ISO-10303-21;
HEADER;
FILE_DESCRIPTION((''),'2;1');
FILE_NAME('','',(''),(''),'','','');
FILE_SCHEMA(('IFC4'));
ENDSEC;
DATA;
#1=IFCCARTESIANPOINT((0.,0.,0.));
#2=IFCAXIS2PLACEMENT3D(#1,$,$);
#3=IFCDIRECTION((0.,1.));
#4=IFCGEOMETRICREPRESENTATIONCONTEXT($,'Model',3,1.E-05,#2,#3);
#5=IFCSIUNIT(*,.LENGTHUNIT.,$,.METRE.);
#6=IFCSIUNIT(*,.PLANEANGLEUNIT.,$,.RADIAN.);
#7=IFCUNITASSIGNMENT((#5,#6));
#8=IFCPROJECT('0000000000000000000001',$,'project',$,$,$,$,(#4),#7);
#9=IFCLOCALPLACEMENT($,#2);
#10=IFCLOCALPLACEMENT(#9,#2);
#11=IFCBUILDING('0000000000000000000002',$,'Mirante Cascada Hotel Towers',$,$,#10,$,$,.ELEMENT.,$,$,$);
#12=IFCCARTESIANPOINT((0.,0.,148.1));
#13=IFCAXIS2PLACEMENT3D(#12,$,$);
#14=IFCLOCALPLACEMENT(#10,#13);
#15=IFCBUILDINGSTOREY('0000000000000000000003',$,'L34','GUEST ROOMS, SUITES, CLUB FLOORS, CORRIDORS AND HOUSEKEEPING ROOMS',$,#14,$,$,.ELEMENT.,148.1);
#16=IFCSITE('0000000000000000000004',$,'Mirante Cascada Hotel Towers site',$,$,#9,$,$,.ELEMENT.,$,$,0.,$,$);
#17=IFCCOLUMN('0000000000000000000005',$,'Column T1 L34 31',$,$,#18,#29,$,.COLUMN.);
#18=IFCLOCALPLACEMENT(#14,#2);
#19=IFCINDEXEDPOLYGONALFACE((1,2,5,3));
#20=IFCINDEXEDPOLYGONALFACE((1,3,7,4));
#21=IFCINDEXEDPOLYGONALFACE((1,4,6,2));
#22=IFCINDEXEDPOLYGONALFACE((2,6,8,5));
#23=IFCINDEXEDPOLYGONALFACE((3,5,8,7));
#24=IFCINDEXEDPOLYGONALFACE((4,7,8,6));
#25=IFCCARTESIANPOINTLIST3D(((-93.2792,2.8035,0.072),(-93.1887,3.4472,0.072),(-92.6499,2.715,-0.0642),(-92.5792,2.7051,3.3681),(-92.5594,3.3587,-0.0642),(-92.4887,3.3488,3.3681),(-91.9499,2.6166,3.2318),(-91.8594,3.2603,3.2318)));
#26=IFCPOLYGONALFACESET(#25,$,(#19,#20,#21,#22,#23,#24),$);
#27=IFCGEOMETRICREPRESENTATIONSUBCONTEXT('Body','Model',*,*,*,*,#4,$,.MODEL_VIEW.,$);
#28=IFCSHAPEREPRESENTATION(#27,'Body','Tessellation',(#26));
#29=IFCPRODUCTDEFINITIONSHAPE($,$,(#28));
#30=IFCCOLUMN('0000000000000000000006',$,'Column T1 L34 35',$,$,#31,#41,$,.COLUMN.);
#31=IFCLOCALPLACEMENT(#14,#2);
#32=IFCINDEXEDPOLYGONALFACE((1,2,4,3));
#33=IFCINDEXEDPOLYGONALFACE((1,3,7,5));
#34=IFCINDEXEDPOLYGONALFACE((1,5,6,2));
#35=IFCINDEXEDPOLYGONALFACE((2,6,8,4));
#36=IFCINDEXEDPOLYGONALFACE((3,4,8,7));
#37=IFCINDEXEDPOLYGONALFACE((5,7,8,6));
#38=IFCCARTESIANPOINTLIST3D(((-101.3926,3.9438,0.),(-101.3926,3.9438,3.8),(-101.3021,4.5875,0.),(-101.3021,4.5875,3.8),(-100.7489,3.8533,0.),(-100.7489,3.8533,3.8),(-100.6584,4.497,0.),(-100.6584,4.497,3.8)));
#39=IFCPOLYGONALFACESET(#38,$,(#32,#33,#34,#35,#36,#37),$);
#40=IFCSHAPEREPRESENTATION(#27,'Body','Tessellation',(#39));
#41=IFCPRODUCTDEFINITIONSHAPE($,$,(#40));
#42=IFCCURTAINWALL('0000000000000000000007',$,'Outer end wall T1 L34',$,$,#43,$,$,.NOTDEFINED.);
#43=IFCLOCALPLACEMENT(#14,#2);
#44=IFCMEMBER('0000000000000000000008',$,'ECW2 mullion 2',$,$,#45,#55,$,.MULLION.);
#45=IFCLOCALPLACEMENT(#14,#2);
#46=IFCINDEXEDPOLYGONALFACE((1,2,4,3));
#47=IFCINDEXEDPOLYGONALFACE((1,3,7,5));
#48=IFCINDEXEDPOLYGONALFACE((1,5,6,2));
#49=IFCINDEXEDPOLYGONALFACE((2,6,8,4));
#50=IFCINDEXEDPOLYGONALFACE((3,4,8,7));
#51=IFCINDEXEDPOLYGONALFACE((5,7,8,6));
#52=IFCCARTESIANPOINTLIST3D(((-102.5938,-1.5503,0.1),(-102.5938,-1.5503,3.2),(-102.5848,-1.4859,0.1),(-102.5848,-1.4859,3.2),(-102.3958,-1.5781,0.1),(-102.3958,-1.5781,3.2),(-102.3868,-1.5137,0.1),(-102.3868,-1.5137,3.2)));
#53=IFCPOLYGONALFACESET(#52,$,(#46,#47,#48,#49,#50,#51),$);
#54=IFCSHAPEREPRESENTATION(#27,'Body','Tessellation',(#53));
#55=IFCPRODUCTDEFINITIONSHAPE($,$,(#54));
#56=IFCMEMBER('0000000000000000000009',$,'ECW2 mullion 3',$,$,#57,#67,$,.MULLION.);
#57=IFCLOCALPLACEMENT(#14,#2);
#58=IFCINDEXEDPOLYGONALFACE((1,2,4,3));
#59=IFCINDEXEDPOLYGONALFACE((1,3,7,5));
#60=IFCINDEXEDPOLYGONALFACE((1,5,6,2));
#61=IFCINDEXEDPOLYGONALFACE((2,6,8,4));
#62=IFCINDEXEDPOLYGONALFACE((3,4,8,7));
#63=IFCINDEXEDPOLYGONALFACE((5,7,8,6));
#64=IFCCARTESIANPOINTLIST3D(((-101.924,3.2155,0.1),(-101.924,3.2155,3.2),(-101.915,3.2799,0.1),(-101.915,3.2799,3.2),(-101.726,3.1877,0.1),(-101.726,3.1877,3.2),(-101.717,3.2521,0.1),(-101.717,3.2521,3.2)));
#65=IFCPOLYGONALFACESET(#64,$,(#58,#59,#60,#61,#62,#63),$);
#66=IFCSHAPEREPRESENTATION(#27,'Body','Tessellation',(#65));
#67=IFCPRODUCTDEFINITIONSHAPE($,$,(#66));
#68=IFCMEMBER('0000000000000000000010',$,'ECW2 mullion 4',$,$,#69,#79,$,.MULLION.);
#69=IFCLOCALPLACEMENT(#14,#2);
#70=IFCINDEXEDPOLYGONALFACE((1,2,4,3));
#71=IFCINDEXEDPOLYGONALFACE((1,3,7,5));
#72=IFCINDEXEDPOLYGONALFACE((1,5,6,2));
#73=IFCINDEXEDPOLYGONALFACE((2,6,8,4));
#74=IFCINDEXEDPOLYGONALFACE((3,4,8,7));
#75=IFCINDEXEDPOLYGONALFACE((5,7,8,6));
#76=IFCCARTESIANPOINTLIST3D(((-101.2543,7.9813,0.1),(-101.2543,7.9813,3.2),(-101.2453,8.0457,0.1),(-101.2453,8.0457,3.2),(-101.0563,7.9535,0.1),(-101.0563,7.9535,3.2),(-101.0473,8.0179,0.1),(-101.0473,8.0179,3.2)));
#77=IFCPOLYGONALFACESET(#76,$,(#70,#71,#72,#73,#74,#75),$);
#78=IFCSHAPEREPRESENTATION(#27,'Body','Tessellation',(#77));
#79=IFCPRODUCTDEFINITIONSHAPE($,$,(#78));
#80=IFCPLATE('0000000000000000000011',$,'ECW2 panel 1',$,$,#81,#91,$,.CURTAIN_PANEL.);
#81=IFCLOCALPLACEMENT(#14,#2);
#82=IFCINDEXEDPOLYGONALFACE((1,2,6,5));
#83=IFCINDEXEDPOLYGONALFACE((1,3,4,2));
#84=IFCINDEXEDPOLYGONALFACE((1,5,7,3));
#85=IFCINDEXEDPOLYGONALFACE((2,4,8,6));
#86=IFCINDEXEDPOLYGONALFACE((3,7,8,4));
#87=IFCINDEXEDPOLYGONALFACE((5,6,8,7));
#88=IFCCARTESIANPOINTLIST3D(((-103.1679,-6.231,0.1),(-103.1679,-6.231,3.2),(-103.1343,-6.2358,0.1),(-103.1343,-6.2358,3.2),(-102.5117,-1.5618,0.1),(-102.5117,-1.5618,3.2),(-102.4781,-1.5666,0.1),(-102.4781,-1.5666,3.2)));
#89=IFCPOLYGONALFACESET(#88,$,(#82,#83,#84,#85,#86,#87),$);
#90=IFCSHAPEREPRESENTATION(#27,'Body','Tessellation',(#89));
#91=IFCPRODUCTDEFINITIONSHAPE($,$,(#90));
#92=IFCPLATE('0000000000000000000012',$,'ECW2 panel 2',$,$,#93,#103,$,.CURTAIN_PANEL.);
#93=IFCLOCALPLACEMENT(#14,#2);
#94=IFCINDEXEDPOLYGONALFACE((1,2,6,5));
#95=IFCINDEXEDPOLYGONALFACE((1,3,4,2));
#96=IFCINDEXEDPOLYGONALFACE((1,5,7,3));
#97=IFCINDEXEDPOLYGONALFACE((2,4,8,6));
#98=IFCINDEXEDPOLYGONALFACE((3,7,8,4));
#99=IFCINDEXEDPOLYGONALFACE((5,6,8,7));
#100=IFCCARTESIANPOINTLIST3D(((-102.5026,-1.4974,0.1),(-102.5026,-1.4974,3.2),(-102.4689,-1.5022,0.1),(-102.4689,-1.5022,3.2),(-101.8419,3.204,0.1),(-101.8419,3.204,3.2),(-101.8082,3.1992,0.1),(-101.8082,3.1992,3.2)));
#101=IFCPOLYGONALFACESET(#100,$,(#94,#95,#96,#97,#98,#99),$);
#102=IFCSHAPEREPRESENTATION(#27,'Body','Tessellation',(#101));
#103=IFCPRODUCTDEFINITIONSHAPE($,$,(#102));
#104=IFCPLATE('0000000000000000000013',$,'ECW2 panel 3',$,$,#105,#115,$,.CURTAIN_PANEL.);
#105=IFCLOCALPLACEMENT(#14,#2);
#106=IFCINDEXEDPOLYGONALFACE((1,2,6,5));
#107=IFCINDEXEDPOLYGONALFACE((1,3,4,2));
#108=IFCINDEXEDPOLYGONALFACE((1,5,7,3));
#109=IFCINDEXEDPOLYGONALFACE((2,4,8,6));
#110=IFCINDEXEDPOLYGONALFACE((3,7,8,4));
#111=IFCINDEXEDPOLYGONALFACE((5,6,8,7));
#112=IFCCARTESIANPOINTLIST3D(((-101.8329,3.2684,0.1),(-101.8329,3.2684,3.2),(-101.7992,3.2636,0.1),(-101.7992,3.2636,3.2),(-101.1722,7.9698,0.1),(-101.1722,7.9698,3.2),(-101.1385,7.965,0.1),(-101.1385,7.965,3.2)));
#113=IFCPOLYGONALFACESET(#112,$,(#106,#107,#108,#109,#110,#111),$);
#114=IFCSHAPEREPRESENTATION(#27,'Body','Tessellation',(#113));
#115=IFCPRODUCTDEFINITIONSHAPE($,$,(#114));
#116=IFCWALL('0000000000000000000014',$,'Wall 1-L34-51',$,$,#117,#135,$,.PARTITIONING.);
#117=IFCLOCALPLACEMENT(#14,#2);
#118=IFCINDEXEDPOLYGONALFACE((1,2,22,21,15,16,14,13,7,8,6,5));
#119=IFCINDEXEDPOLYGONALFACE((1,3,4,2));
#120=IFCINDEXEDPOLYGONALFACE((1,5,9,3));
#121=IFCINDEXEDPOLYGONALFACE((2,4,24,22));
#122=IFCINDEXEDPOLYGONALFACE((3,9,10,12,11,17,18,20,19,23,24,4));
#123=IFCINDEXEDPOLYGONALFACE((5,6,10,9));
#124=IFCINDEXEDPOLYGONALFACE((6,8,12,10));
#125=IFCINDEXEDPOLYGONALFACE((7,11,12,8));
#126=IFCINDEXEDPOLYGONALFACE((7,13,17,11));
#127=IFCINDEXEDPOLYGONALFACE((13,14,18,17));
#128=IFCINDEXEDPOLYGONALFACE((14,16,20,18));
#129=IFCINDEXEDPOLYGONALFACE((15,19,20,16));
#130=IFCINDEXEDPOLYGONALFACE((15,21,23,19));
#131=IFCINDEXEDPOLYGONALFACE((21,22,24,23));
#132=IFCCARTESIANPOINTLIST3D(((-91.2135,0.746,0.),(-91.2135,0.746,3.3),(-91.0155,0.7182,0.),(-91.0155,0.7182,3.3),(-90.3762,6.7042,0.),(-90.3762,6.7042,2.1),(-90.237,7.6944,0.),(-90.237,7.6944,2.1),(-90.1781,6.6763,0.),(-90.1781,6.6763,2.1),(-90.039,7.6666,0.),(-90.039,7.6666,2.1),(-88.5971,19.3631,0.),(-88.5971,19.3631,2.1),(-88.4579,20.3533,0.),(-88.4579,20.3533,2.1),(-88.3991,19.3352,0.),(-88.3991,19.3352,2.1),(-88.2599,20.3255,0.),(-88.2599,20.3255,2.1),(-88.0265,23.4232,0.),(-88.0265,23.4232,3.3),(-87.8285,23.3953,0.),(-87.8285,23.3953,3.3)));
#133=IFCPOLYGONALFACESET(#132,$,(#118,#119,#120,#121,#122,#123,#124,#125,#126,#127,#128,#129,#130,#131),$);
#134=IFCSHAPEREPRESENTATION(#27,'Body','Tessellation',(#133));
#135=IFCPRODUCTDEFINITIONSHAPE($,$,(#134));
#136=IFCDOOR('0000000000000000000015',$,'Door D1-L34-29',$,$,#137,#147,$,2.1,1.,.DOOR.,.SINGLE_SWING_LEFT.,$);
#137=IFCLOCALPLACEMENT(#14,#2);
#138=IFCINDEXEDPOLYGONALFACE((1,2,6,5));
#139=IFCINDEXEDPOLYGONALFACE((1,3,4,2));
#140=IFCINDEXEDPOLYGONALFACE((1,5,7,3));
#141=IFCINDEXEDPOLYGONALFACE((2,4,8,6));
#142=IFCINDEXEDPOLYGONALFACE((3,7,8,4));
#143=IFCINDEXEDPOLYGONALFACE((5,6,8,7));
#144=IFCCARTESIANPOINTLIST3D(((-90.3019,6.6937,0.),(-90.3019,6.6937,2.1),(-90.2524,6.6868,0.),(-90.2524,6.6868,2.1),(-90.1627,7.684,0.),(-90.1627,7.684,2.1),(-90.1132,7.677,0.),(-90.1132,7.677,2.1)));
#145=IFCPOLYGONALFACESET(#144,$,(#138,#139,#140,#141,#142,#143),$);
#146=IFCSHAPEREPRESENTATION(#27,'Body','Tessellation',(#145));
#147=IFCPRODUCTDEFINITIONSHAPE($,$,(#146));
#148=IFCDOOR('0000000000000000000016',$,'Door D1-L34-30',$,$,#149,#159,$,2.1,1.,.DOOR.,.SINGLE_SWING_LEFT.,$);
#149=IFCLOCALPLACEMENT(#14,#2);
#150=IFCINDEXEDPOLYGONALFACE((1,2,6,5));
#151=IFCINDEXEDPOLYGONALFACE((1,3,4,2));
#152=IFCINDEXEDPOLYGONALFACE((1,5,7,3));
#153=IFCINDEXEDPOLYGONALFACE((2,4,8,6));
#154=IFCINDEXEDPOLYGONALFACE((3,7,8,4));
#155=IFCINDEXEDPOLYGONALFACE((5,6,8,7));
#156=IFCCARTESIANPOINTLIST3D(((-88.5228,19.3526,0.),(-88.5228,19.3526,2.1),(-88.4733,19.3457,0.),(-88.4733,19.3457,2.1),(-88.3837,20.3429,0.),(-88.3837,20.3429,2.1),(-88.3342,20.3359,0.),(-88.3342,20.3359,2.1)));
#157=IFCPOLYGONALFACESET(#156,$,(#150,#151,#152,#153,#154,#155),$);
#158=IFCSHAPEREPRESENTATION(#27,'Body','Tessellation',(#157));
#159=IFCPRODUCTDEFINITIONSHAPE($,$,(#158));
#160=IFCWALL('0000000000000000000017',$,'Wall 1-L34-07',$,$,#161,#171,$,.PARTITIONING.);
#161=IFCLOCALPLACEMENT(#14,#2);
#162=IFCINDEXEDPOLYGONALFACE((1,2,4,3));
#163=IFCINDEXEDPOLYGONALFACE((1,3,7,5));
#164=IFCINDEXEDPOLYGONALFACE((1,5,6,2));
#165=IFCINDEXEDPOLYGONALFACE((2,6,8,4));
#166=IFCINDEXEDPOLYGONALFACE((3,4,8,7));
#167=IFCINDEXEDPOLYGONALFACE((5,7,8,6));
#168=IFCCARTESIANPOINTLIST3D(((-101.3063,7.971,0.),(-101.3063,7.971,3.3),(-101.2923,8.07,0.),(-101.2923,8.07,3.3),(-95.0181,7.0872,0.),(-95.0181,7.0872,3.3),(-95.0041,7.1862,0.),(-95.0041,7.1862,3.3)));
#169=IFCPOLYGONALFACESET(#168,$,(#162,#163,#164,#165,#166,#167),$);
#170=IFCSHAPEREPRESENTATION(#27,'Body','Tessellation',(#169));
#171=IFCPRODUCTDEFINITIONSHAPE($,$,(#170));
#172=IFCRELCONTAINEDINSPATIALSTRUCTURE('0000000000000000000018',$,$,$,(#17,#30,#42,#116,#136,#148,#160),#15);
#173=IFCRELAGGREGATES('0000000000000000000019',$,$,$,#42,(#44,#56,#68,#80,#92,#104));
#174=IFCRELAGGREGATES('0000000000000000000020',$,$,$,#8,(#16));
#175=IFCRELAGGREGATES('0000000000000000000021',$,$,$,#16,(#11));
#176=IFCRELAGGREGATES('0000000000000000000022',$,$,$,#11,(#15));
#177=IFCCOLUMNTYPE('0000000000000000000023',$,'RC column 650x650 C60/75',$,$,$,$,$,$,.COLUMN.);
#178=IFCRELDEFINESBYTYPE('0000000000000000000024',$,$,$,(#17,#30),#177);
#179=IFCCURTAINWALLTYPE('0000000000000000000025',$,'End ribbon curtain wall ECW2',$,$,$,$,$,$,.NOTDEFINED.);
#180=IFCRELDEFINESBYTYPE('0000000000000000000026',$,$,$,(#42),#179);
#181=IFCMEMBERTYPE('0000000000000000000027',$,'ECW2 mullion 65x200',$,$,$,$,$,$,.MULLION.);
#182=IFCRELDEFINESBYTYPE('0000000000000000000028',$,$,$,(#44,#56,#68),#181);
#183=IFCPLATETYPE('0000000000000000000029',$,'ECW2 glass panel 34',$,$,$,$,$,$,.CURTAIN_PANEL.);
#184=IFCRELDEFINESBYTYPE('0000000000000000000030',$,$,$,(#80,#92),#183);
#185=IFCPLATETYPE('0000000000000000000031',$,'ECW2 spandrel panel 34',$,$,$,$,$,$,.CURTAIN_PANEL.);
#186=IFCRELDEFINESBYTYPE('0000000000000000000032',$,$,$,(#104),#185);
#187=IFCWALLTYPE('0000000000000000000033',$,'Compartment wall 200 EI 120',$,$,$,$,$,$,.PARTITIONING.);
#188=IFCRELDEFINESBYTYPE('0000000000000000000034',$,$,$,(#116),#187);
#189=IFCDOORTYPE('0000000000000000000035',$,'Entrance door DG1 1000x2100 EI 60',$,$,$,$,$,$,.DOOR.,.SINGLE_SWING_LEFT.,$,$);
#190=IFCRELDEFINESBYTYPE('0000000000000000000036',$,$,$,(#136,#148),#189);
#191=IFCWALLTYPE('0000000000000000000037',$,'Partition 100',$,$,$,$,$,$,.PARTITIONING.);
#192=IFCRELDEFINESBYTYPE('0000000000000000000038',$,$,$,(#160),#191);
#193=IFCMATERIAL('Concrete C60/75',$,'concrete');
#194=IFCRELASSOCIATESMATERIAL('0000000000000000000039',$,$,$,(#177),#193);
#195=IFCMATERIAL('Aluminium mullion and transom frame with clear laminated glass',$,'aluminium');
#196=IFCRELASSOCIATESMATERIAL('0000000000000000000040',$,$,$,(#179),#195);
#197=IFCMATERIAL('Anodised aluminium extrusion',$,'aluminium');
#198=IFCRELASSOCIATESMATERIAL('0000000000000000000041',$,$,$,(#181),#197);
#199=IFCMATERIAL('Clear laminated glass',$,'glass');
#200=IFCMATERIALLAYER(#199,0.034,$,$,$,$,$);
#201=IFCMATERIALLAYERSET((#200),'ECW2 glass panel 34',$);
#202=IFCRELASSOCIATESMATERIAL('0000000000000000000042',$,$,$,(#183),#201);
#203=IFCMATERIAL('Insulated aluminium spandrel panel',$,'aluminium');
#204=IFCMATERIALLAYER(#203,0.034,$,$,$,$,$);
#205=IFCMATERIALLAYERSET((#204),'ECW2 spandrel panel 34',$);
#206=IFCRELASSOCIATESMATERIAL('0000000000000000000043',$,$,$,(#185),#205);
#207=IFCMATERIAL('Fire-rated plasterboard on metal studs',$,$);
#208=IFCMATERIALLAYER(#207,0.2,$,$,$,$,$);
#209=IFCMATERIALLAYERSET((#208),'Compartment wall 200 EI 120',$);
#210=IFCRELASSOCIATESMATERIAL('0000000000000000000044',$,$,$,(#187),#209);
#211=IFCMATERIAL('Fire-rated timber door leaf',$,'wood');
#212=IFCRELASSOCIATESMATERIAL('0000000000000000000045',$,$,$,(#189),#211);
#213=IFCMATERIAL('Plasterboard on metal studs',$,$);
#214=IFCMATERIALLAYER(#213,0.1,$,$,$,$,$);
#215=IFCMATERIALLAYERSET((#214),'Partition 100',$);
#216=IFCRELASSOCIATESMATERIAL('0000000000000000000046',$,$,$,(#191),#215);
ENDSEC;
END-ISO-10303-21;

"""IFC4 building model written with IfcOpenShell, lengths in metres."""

from ifc_helpers import new_model, si_unit, direction, frame, frame_2d, origin, origin_2d, place, context, subcontext, project, spatial, rectangle, extrude, material, layer, layer_set, material_profile, profile_set, type_object, element, fill, aggregate, save


model = new_model("IFC4")

# Units and contexts
model_context = context("Model", 3, precision=1e-05, world=origin(), true_north=direction((0.0, 1.0)))
body_context = subcontext(model_context, "Body", "Model", "MODEL_VIEW")
ifc_project = project(units=[si_unit("LENGTHUNIT", "METRE"), si_unit("PLANEANGLEUNIT", "RADIAN")], contexts=[model_context])

# Site, building, storey
site_placement = place(None, origin())
site = spatial("IfcSite", under=ifc_project, at=site_placement, Name="Mirante Cascada Hotel Towers site", CompositionType="ELEMENT", RefElevation=0.0)
building_placement = place(site_placement, origin())
building = spatial("IfcBuilding", under=site, at=building_placement, Name="Mirante Cascada Hotel Towers", CompositionType="ELEMENT")
storey_placement = place(building_placement, frame((0.0, 0.0, 148.1)))
storey = spatial("IfcBuildingStorey", under=building, at=storey_placement, Name="L34", Description="GUEST ROOMS, SUITES, CLUB FLOORS, CORRIDORS AND HOUSEKEEPING ROOMS", CompositionType="ELEMENT", Elevation=148.1)

# Columns
ifc_material_1 = material(Name="Concrete C60/75", Category="concrete")
ifc_material_profile_1 = material_profile(ifc_material_1, rectangle(XDim=0.65, YDim=0.65, at=origin_2d()), Name="RC column 650x650 C60/75")
ifc_profile_set_1 = profile_set([ifc_material_profile_1], Name="Concrete C60/75")
column_type = type_object("IfcColumnType", Name="RC column 650x650 C60/75", PredefinedType="COLUMN", material=ifc_profile_set_1)
column_1_placement = place(storey_placement, frame((-92.9193, 3.0811, 0.0039), z_axis=(0.207651, -0.02919, 0.977767), x_axis=(0.139203, 0.990264, 0.0)))
element("IfcColumn", 1, at=column_1_placement, inside=storey, type_object=column_type, Name="Column T1 L34 31", PredefinedType="COLUMN", context=body_context, shape_type="SweptSolid", body=[
    extrude(rectangle(XDim=0.65, YDim=0.65, at=origin_2d()), origin(), (0.0, 0.0, 1.0), 3.371),
])
column_2_placement = place(storey_placement, frame((-101.0255, 4.2204, 0.0), z_axis=(0.0, 0.0, 1.0), x_axis=(-0.990268, 0.139173, 0.0)))
element("IfcColumn", 2, at=column_2_placement, inside=storey, type_object=column_type, Name="Column T1 L34 35", PredefinedType="COLUMN", context=body_context, shape_type="SweptSolid", body=[
    extrude(rectangle(XDim=0.65, YDim=0.65, at=origin_2d()), origin(), (0.0, 0.0, 1.0), 3.8),
])

# Curtain wall, members, plates
ifc_material_2 = material(Name="Aluminium mullion and transom frame with clear laminated glass", Category="aluminium")
curtain_wall_type = type_object("IfcCurtainWallType", Name="End ribbon curtain wall ECW2", PredefinedType="NOTDEFINED", material=ifc_material_2)
curtain_wall_placement = place(storey_placement, origin())
curtain_wall = element("IfcCurtainWall", 3, at=curtain_wall_placement, inside=storey, type_object=curtain_wall_type, Name="Outer end wall T1 L34", PredefinedType="NOTDEFINED")
ifc_material_3 = material(Name="Anodised aluminium extrusion", Category="aluminium")
ifc_material_profile_2 = material_profile(ifc_material_3, rectangle(XDim=0.2, YDim=0.065, at=origin_2d()), Name="ECW2 MULLION 65x200")
ifc_profile_set_2 = profile_set([ifc_material_profile_2], Name="Anodised aluminium extrusion")
member_type = type_object("IfcMemberType", Name="ECW2 mullion 65x200", PredefinedType="MULLION", material=ifc_profile_set_2)
member_1_placement = place(storey_placement, frame((-102.4903, -1.532, 0.1), z_axis=(0.0, 0.0, 1.0), x_axis=(-0.990268, 0.139173, 0.0)))
member_1 = element("IfcMember", 4, at=member_1_placement, type_object=member_type, Name="ECW2 mullion 2", PredefinedType="MULLION", context=body_context, shape_type="SweptSolid", body=[
    extrude(rectangle(XDim=0.2, YDim=0.065, at=origin_2d()), origin(), (0.0, 0.0, 1.0), 3.1),
])
member_2_placement = place(storey_placement, frame((-101.8205, 3.2338, 0.1), z_axis=(0.0, 0.0, 1.0), x_axis=(-0.990268, 0.139173, 0.0)))
member_2 = element("IfcMember", 5, at=member_2_placement, type_object=member_type, Name="ECW2 mullion 3", PredefinedType="MULLION", context=body_context, shape_type="SweptSolid", body=[
    extrude(rectangle(XDim=0.2, YDim=0.065, at=origin_2d()), origin(), (0.0, 0.0, 1.0), 3.1),
])
member_3_placement = place(storey_placement, frame((-101.1508, 7.9996, 0.1), z_axis=(0.0, 0.0, 1.0), x_axis=(-0.990268, 0.139173, 0.0)))
member_3 = element("IfcMember", 6, at=member_3_placement, type_object=member_type, Name="ECW2 mullion 4", PredefinedType="MULLION", context=body_context, shape_type="SweptSolid", body=[
    extrude(rectangle(XDim=0.2, YDim=0.065, at=origin_2d()), origin(), (0.0, 0.0, 1.0), 3.1),
])
ifc_material_4 = material(Name="Clear laminated glass", Category="glass")
ifc_layer_1 = layer(ifc_material_4, 0.034)
ifc_layer_set_1 = layer_set([ifc_layer_1], Name="ECW2 glass panel 34")
plate_type_1 = type_object("IfcPlateType", Name="ECW2 glass panel 34", PredefinedType="CURTAIN_PANEL", material=ifc_layer_set_1)
plate_1_placement = place(storey_placement, frame((-102.823, -3.8988, 0.1), z_axis=(0.0, 0.0, 1.0), x_axis=(0.139173, 0.990268, 0.0)))
plate_1 = element("IfcPlate", 7, at=plate_1_placement, type_object=plate_type_1, Name="ECW2 panel 1", PredefinedType="CURTAIN_PANEL", context=body_context, shape_type="SweptSolid", body=[
    extrude(rectangle(XDim=4.7151, YDim=0.034, at=origin_2d()), origin(), (0.0, 0.0, 1.0), 3.1),
])
plate_2_placement = place(storey_placement, frame((-102.1554, 0.8509, 0.1), z_axis=(0.0, 0.0, 1.0), x_axis=(0.139173, 0.990268, 0.0)))
plate_2 = element("IfcPlate", 8, at=plate_2_placement, type_object=plate_type_1, Name="ECW2 panel 2", PredefinedType="CURTAIN_PANEL", context=body_context, shape_type="SweptSolid", body=[
    extrude(rectangle(XDim=4.7476, YDim=0.034, at=origin_2d()), origin(), (0.0, 0.0, 1.0), 3.1),
])
ifc_material_5 = material(Name="Insulated aluminium spandrel panel", Category="aluminium")
ifc_layer_2 = layer(ifc_material_5, 0.034)
ifc_layer_set_2 = layer_set([ifc_layer_2], Name="ECW2 spandrel panel 34")
plate_type_2 = type_object("IfcPlateType", Name="ECW2 spandrel panel 34", PredefinedType="CURTAIN_PANEL", material=ifc_layer_set_2)
plate_3_placement = place(storey_placement, frame((-101.4857, 5.6167, 0.1), z_axis=(0.0, 0.0, 1.0), x_axis=(0.139173, 0.990268, 0.0)))
plate_3 = element("IfcPlate", 9, at=plate_3_placement, type_object=plate_type_2, Name="ECW2 panel 3", PredefinedType="CURTAIN_PANEL", context=body_context, shape_type="SweptSolid", body=[
    extrude(rectangle(XDim=4.7476, YDim=0.034, at=origin_2d()), origin(), (0.0, 0.0, 1.0), 3.1),
])
aggregate(curtain_wall, [member_1, member_2, member_3, plate_1, plate_2, plate_3])

# Wall, openings, doors
ifc_material_6 = material(Name="Fire-rated plasterboard on metal studs")
ifc_layer_3 = layer(ifc_material_6, 0.2)
ifc_layer_set_3 = layer_set([ifc_layer_3], Name="Compartment wall 200 EI 120")
wall_type_1 = type_object("IfcWallType", Name="Compartment wall 200 EI 120", PredefinedType="PARTITIONING", material=ifc_layer_set_3)
wall_1_placement = place(storey_placement, frame((-91.1145, 0.7321, 0.0), z_axis=(0.0, 0.0, 1.0), x_axis=(0.139171, 0.990268, 0.0)))
wall_1 = element("IfcWall", 10, at=wall_1_placement, inside=storey, type_object=wall_type_1, Name="Wall 1-L34-51", PredefinedType="PARTITIONING", context=body_context, shape_type="SweptSolid", body=[
    extrude(rectangle(XDim=22.9, YDim=0.2, at=frame_2d((11.45, 0.0))), origin(), (0.0, 0.0, 1.0), 3.3),
])
opening_1_placement = place(wall_1_placement, frame((6.0167, 0.0, 0.0)))
opening_1 = element("IfcOpeningElement", 11, at=opening_1_placement, cuts=wall_1, PredefinedType="OPENING", context=body_context, shape_type="SweptSolid", body=[
    extrude(rectangle(XDim=1.0, YDim=2.1, at=frame_2d((0.5, 1.05))), frame((0.0, 0.1, 0.0), z_axis=(0.0, -1.0, 0.0), x_axis=(1.0, 0.0, 0.0)), (0.0, 0.0, 1.0), 0.2),
])
opening_2_placement = place(wall_1_placement, frame((18.8, 0.0, 0.0)))
opening_2 = element("IfcOpeningElement", 12, at=opening_2_placement, cuts=wall_1, PredefinedType="OPENING", context=body_context, shape_type="SweptSolid", body=[
    extrude(rectangle(XDim=1.0, YDim=2.1, at=frame_2d((0.5, 1.05))), frame((0.0, 0.1, 0.0), z_axis=(0.0, -1.0, 0.0), x_axis=(1.0, 0.0, 0.0)), (0.0, 0.0, 1.0), 0.2),
])
ifc_material_7 = material(Name="Fire-rated timber door leaf", Category="wood")
door_type_1 = type_object("IfcDoorType", Name="Entrance door DG1 1000x2100 EI 60", OperationType="SINGLE_SWING_LEFT", PredefinedType="DOOR", material=ifc_material_7)
door_1_placement = place(opening_1_placement, origin())
door_1 = element("IfcDoor", 13, at=door_1_placement, inside=storey, type_object=door_type_1, Name="Door D1-L34-29", OperationType="SINGLE_SWING_LEFT", OverallHeight=2.1, OverallWidth=1.0, PredefinedType="DOOR", context=body_context, shape_type="SweptSolid", body=[
    extrude(rectangle(XDim=1.0, YDim=2.1, at=frame_2d((0.5, 1.05))), frame((0.0, 0.025, 0.0), z_axis=(0.0, -1.0, 0.0), x_axis=(1.0, 0.0, 0.0)), (0.0, 0.0, 1.0), 0.05),
])
fill(opening_1, door_1)
door_2_placement = place(opening_2_placement, origin())
door_2 = element("IfcDoor", 14, at=door_2_placement, inside=storey, type_object=door_type_1, Name="Door D1-L34-30", OperationType="SINGLE_SWING_LEFT", OverallHeight=2.1, OverallWidth=1.0, PredefinedType="DOOR", context=body_context, shape_type="SweptSolid", body=[
    extrude(rectangle(XDim=1.0, YDim=2.1, at=frame_2d((0.5, 1.05))), frame((0.0, 0.025, 0.0), z_axis=(0.0, -1.0, 0.0), x_axis=(1.0, 0.0, 0.0)), (0.0, 0.0, 1.0), 0.05),
])
fill(opening_2, door_2)

# Wall
ifc_material_8 = material(Name="Plasterboard on metal studs")
ifc_layer_4 = layer(ifc_material_8, 0.1)
ifc_layer_set_4 = layer_set([ifc_layer_4], Name="Partition 100")
wall_type_2 = type_object("IfcWallType", Name="Partition 100", PredefinedType="PARTITIONING", material=ifc_layer_set_4)
wall_2_placement = place(storey_placement, frame((-95.0111, 7.1367, 0.0), z_axis=(0.0, 0.0, 1.0), x_axis=(-0.990267, 0.139181, 0.0)))
element("IfcWall", 15, at=wall_2_placement, inside=storey, type_object=wall_type_2, Name="Wall 1-L34-07", PredefinedType="PARTITIONING", context=body_context, shape_type="SweptSolid", body=[
    extrude(rectangle(XDim=6.35, YDim=0.1, at=frame_2d((3.175, 0.0))), origin(), (0.0, 0.0, 1.0), 3.3),
])

save(model, "model.ifc")
